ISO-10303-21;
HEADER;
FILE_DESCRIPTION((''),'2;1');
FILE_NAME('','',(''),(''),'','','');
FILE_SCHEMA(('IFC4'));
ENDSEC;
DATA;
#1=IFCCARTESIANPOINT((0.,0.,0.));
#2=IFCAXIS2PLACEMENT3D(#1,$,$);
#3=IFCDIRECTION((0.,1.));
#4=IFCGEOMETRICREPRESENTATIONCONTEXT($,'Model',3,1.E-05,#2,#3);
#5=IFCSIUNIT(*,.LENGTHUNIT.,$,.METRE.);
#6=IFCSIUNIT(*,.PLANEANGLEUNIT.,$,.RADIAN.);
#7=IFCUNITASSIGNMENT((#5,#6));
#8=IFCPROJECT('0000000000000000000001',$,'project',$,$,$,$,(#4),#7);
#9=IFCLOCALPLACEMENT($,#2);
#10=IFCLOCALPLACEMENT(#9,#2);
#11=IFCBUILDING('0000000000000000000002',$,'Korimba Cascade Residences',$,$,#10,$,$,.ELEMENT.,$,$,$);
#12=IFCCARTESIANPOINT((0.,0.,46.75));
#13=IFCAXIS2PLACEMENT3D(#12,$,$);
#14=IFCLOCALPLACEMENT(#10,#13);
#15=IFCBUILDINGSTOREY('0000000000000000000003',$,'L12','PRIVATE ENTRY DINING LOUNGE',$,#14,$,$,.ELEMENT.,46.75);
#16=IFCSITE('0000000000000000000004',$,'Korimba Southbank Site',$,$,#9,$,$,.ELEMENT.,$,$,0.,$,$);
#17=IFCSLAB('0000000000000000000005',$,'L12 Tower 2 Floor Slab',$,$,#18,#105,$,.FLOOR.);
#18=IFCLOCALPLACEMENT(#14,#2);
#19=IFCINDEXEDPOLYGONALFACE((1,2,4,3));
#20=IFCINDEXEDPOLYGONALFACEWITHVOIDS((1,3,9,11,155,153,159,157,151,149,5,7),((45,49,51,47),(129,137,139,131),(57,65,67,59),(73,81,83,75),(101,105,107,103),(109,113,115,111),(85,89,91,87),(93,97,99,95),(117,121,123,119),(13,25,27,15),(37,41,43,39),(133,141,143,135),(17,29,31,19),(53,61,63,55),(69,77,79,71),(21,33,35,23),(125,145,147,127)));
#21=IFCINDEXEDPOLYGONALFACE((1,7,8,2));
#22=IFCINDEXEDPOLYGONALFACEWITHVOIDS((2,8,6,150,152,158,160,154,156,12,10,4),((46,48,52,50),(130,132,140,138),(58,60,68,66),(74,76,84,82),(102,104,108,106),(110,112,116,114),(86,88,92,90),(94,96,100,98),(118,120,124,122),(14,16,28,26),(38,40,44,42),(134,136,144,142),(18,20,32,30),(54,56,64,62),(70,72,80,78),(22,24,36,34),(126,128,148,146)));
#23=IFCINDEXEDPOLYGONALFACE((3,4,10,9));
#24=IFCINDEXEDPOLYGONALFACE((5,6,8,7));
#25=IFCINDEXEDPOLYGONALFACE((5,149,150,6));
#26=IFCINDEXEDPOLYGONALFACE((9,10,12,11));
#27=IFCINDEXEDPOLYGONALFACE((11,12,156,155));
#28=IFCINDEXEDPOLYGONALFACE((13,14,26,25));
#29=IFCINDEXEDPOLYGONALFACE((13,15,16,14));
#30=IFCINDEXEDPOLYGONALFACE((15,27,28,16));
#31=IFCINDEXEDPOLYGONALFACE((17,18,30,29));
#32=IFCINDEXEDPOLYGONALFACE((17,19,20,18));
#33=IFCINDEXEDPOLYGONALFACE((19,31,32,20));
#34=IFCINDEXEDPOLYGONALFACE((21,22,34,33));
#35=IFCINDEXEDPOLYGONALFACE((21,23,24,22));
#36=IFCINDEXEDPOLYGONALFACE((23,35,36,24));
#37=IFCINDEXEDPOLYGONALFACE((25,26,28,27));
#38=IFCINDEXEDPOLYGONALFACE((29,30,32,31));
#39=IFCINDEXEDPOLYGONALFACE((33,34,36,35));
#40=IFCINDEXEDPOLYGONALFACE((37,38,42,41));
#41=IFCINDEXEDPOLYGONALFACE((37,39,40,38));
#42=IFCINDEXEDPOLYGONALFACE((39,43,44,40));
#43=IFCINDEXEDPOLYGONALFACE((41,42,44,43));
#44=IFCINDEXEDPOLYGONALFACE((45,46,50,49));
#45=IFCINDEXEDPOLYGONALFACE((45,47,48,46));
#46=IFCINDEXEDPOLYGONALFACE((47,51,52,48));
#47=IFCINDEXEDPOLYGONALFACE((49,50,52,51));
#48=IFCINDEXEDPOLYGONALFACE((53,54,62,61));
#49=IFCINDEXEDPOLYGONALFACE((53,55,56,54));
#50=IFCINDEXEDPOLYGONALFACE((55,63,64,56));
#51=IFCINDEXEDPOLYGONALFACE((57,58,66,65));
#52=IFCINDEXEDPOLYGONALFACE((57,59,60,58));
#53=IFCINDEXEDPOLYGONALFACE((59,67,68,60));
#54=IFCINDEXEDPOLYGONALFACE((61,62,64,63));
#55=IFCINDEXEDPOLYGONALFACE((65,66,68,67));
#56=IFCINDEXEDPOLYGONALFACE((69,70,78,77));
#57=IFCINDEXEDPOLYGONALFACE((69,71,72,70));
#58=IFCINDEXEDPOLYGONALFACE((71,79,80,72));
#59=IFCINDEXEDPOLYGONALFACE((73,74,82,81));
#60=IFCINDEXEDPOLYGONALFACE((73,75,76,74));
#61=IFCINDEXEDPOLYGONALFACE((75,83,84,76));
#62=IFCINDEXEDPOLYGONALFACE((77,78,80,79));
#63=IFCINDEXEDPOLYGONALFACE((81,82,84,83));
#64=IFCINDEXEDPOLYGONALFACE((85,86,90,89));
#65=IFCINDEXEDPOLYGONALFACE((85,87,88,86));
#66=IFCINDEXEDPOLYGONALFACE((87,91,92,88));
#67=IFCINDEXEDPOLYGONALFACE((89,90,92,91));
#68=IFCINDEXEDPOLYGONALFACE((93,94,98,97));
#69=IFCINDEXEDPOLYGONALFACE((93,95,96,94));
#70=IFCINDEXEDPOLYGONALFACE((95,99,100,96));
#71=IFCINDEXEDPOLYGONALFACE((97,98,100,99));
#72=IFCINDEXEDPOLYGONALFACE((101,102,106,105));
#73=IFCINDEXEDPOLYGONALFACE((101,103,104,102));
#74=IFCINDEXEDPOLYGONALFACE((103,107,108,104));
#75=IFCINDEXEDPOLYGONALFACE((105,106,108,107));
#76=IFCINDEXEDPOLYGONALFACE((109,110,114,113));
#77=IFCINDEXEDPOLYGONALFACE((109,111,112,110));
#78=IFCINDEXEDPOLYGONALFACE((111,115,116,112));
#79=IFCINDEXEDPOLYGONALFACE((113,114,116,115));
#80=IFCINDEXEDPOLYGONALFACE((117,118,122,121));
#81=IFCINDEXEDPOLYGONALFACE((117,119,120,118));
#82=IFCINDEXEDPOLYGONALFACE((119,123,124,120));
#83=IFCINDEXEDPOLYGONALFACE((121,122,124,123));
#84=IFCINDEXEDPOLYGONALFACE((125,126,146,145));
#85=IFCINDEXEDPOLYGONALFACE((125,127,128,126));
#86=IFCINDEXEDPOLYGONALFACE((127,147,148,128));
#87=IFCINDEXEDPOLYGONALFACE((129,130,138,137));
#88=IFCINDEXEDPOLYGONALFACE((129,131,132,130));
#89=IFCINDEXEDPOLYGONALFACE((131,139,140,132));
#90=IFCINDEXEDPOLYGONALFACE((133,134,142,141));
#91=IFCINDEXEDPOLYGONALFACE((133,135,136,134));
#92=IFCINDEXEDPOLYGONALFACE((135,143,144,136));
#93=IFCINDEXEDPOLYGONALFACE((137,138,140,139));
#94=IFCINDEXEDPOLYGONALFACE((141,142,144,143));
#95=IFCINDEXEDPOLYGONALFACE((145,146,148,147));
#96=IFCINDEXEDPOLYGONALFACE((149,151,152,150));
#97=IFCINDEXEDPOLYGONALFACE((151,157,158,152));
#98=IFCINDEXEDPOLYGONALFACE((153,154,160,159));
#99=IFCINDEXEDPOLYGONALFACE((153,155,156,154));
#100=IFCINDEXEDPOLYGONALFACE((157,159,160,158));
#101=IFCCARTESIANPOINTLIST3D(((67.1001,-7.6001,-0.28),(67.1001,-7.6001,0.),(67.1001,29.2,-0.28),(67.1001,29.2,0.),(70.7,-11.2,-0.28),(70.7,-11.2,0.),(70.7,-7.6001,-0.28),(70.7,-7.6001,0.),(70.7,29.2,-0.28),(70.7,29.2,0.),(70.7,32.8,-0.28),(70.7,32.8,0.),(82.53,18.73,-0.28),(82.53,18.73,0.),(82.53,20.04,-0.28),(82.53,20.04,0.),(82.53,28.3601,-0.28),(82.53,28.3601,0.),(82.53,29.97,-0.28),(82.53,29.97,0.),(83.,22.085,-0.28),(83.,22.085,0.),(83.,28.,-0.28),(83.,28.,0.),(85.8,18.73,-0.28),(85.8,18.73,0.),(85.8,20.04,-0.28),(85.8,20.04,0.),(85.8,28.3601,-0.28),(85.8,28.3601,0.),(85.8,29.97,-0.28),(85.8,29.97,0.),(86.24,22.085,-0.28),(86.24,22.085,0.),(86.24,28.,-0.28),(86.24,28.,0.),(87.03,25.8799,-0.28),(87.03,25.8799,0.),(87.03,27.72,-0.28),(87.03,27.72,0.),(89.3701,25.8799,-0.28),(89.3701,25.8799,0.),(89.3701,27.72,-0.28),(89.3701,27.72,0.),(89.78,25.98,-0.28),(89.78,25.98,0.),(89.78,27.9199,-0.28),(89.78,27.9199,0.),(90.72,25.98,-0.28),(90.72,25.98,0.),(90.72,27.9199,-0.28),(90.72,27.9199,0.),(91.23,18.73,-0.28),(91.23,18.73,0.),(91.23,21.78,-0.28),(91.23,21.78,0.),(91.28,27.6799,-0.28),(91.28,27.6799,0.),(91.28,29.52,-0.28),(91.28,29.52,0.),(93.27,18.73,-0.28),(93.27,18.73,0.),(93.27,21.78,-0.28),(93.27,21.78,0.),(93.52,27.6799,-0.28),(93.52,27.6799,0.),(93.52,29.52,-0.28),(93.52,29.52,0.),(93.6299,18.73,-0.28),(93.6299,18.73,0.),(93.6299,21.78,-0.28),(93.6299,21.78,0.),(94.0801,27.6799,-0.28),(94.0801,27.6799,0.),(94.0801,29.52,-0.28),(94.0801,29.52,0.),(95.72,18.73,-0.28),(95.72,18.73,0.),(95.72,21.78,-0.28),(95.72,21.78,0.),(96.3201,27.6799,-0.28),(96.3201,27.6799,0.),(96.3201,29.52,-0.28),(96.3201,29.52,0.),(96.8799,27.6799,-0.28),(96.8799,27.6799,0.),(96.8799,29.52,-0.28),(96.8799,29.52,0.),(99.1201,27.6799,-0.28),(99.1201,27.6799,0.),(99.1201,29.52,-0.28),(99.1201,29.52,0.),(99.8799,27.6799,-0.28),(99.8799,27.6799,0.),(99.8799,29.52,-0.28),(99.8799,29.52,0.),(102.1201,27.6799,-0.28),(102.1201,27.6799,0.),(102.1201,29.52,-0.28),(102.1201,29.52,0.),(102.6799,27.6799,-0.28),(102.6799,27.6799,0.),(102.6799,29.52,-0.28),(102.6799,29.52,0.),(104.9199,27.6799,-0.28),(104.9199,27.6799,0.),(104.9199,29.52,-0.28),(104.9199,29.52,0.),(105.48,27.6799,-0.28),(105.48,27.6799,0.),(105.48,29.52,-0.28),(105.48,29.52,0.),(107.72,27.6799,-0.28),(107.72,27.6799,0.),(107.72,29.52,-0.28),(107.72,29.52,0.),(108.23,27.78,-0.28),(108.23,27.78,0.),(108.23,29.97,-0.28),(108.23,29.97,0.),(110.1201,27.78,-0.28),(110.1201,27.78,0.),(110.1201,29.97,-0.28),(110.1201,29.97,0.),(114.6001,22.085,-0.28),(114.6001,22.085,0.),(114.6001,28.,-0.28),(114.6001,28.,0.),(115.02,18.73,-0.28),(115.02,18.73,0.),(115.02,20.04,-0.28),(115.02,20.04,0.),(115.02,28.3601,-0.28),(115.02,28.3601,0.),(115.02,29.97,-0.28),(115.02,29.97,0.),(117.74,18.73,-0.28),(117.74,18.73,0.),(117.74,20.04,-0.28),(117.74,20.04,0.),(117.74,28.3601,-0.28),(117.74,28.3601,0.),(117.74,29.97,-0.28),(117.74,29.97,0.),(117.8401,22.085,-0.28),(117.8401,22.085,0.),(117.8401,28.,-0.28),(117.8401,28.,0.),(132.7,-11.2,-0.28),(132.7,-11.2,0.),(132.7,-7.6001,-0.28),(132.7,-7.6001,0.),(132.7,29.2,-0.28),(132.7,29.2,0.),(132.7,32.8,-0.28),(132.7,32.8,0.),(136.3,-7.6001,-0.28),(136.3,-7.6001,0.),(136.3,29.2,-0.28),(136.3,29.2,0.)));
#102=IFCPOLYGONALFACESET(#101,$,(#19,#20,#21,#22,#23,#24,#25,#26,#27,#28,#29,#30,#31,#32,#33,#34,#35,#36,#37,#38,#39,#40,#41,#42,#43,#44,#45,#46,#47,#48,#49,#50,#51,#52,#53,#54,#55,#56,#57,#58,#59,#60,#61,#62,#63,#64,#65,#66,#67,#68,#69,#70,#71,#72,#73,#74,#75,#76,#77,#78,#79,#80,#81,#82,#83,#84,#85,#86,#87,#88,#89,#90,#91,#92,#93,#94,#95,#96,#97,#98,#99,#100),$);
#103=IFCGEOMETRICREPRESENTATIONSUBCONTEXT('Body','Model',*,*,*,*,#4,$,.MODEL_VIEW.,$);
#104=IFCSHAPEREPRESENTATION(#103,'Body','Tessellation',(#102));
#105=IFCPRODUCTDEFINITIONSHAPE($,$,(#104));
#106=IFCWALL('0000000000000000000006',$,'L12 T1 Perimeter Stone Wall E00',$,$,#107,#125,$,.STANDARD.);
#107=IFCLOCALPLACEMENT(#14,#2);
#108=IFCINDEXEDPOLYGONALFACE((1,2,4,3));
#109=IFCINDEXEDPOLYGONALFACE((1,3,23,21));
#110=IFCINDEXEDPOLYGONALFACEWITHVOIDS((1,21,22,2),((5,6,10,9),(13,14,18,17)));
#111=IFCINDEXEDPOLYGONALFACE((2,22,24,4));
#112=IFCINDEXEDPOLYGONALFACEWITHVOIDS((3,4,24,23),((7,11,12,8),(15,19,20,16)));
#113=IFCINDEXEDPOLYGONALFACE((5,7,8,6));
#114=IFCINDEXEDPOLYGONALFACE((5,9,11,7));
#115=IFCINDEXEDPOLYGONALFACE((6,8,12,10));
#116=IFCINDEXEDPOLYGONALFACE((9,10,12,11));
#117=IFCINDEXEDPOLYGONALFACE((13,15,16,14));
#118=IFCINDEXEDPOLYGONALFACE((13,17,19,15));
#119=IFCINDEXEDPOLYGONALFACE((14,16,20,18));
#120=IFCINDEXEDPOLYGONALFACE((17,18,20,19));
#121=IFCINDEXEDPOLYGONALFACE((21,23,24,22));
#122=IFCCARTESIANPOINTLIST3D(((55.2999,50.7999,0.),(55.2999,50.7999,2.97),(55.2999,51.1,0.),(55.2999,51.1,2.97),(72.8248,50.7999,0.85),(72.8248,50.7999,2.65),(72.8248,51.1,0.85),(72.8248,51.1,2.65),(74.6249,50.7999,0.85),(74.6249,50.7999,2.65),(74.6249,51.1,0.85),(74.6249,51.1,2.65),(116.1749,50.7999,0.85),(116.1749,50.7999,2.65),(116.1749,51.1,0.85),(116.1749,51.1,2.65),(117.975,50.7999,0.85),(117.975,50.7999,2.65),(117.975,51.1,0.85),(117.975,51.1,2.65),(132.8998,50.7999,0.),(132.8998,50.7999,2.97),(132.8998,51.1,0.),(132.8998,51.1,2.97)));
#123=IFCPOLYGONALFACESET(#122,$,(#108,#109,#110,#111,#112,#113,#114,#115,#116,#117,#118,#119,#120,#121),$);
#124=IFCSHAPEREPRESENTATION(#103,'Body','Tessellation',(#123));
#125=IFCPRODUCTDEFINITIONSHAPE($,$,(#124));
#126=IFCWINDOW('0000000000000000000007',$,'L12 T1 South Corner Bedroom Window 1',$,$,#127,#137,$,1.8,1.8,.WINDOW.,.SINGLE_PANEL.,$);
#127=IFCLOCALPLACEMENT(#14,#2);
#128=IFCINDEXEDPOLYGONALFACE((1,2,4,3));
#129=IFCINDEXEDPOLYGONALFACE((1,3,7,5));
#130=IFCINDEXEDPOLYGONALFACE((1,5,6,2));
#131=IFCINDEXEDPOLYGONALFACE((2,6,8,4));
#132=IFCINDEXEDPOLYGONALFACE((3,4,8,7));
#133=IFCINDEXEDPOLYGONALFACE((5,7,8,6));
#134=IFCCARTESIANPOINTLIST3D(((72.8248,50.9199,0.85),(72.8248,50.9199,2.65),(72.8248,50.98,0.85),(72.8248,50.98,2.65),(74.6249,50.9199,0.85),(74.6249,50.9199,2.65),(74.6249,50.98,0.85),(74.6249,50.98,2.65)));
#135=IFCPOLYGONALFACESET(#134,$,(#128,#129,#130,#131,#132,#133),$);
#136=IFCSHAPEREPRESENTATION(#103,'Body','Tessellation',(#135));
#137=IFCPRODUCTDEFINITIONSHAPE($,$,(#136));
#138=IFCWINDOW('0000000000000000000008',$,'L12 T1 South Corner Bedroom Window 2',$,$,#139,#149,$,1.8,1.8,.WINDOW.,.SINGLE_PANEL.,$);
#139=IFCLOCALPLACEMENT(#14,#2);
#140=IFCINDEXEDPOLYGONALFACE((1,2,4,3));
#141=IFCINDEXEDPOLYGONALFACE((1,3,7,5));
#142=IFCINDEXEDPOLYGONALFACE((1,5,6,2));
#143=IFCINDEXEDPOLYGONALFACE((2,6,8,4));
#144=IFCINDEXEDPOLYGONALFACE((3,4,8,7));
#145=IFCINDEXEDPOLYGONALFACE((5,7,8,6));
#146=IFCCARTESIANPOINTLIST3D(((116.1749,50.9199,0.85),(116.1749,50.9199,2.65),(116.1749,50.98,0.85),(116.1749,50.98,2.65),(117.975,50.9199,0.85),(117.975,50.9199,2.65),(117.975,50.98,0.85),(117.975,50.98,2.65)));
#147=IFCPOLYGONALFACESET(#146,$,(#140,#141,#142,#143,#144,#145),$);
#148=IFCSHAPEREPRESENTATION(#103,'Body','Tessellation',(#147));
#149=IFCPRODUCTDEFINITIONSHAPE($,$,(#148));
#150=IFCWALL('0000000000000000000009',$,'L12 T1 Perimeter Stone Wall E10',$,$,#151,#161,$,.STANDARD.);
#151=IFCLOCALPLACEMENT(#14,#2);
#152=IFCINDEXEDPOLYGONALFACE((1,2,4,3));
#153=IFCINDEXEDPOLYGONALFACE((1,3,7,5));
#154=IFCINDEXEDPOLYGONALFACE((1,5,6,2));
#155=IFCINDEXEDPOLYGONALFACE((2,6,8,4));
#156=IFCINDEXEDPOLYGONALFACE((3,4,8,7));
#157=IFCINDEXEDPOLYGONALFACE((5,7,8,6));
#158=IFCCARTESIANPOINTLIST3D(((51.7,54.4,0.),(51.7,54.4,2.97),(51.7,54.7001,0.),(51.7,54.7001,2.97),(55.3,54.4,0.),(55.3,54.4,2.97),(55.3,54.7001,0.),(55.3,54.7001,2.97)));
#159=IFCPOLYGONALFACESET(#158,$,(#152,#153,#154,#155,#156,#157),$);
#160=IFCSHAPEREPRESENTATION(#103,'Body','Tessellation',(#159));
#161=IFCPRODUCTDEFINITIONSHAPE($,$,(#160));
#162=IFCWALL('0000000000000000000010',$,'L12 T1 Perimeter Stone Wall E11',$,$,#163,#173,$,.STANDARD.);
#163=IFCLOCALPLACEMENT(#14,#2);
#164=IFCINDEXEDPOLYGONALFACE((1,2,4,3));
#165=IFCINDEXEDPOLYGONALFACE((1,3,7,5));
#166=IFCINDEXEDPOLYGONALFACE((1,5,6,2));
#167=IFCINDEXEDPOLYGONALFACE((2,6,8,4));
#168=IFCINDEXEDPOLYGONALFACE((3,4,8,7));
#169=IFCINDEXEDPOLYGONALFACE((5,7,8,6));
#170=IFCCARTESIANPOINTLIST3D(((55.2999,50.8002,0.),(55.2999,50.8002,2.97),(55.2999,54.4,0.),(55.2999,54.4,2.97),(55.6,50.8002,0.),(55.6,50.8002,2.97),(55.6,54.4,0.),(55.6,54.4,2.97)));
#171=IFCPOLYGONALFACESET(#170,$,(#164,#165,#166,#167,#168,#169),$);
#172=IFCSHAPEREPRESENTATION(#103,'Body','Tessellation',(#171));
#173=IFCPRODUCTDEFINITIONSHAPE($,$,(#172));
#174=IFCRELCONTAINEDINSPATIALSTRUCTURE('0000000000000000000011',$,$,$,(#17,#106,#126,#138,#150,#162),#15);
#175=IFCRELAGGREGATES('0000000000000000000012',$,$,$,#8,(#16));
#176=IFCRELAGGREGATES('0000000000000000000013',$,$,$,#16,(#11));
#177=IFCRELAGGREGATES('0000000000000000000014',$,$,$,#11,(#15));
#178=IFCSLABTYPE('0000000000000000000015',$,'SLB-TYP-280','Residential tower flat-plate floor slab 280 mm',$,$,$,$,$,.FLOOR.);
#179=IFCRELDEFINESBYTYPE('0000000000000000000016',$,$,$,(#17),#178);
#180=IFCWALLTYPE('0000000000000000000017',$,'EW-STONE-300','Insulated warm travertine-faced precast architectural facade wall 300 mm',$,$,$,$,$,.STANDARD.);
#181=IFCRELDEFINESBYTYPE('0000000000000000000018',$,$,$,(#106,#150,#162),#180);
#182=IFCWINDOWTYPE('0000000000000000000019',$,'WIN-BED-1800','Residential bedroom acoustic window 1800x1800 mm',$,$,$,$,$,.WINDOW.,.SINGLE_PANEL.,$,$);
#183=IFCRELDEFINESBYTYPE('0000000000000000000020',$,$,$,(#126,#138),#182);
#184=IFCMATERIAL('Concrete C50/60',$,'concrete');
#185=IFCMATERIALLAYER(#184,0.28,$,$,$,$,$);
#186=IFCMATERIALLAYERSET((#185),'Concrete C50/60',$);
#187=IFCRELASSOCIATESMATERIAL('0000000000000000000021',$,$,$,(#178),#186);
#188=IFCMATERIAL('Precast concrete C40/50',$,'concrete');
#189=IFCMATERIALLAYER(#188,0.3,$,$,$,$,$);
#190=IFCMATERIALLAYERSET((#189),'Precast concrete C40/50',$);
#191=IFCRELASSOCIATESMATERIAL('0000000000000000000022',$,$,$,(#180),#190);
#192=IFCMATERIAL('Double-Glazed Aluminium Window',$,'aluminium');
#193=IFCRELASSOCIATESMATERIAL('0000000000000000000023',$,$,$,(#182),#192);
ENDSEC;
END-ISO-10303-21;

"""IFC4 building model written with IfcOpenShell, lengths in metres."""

from ifc_helpers import new_model, si_unit, direction, frame, frame_2d, origin, place, context, subcontext, project, spatial, polyline, rectangle, outline, extrude, material, layer, layer_set, type_object, element, fill, save


model = new_model("IFC4")

# Units and contexts
model_context = context("Model", 3, precision=1e-05, world=origin(), true_north=direction((0.0, 1.0)))
body_context = subcontext(model_context, "Body", "Model", "MODEL_VIEW")
ifc_project = project(units=[si_unit("LENGTHUNIT", "METRE"), si_unit("PLANEANGLEUNIT", "RADIAN")], contexts=[model_context])

# Site, building, storey
site_placement = place(None, origin())
site = spatial("IfcSite", under=ifc_project, at=site_placement, Name="Korimba Southbank Site", CompositionType="ELEMENT", RefElevation=0.0)
building_placement = place(site_placement, origin())
building = spatial("IfcBuilding", under=site, at=building_placement, Name="Korimba Cascade Residences", CompositionType="ELEMENT")
storey_placement = place(building_placement, frame((0.0, 0.0, 46.75)))
storey = spatial("IfcBuildingStorey", under=building, at=storey_placement, Name="L12", Description="PRIVATE ENTRY DINING LOUNGE", CompositionType="ELEMENT", Elevation=46.75)

# Shared definitions
ifc_material_1 = material(Name="Concrete C50/60", Category="concrete")

# Slab
ifc_material_2 = material(Name="Precast concrete C40/50", Category="concrete")
ifc_layer_1 = layer(ifc_material_1, 0.28)
ifc_layer_set_1 = layer_set([ifc_layer_1], Name="Concrete C50/60")
slab_type_1 = type_object("IfcSlabType", Name="SLB-TYP-280", Description="Residential tower flat-plate floor slab 280 mm", PredefinedType="FLOOR", material=ifc_layer_set_1)
slab_1_placement = place(storey_placement, frame((0.0, 0.0, -0.28)))
element("IfcSlab", 1, at=slab_1_placement, inside=storey, type_object=slab_type_1, Name="L12 Tower 2 Floor Slab", PredefinedType="FLOOR", context=body_context, shape_type="SweptSolid", body=[
    extrude(outline(polyline([(70.7, -11.2), (132.7, -11.2), (132.7, -7.6001), (136.3, -7.6001), (136.3, 29.2), (132.7, 29.2), (132.7, 32.8), (70.7, 32.8), (70.7, 29.2), (67.1001, 29.2), (67.1001, -7.6001), (70.7, -7.6001), (70.7, -11.2)]), holes=[polyline([(86.24, 22.085), (86.24, 28.0), (83.0, 28.0), (83.0, 22.085), (86.24, 22.085)]), polyline([(117.8401, 22.085), (117.8401, 28.0), (114.6001, 28.0), (114.6001, 22.085), (117.8401, 22.085)]), polyline([(87.03, 25.8799), (89.3701, 25.8799), (89.3701, 27.72), (87.03, 27.72), (87.03, 25.8799)]), polyline([(91.28, 27.6799), (93.52, 27.6799), (93.52, 29.52), (91.28, 29.52), (91.28, 27.6799)]), polyline([(94.0801, 27.6799), (96.3201, 27.6799), (96.3201, 29.52), (94.0801, 29.52), (94.0801, 27.6799)]), polyline([(96.8799, 27.6799), (99.1201, 27.6799), (99.1201, 29.52), (96.8799, 29.52), (96.8799, 27.6799)]), polyline([(99.8799, 27.6799), (102.1201, 27.6799), (102.1201, 29.52), (99.8799, 29.52), (99.8799, 27.6799)]), polyline([(102.6799, 27.6799), (104.9199, 27.6799), (104.9199, 29.52), (102.6799, 29.52), (102.6799, 27.6799)]), polyline([(105.48, 27.6799), (107.72, 27.6799), (107.72, 29.52), (105.48, 29.52), (105.48, 27.6799)]), polyline([(89.78, 25.98), (90.72, 25.98), (90.72, 27.9199), (89.78, 27.9199), (89.78, 25.98)]), polyline([(82.53, 18.73), (85.8, 18.73), (85.8, 20.04), (82.53, 20.04), (82.53, 18.73)]), polyline([(82.53, 28.3601), (85.8, 28.3601), (85.8, 29.97), (82.53, 29.97), (82.53, 28.3601)]), polyline([(108.23, 27.78), (110.1201, 27.78), (110.1201, 29.97), (108.23, 29.97), (108.23, 27.78)]), polyline([(91.23, 18.73), (93.27, 18.73), (93.27, 21.78), (91.23, 21.78), (91.23, 18.73)]), polyline([(93.6299, 18.73), (95.72, 18.73), (95.72, 21.78), (93.6299, 21.78), (93.6299, 18.73)]), polyline([(115.02, 18.73), (117.74, 18.73), (117.74, 20.04), (115.02, 20.04), (115.02, 18.73)]), polyline([(115.02, 28.3601), (117.74, 28.3601), (117.74, 29.97), (115.02, 29.97), (115.02, 28.3601)])]), origin(), (0.0, 0.0, 1.0), 0.28),
])

# Wall, openings, windows
ifc_layer_2 = layer(ifc_material_2, 0.3)
ifc_layer_set_2 = layer_set([ifc_layer_2], Name="Precast concrete C40/50")
wall_type_1 = type_object("IfcWallType", Name="EW-STONE-300", Description="Insulated warm travertine-faced precast architectural facade wall 300 mm", PredefinedType="STANDARD", material=ifc_layer_set_2)
wall_1_placement = place(storey_placement, frame((55.3, 50.95, 0.0), z_axis=(0.0, 0.0, 1.0), x_axis=(1.0, 0.0, 0.0)))
wall_1 = element("IfcWall", 2, at=wall_1_placement, inside=storey, type_object=wall_type_1, Name="L12 T1 Perimeter Stone Wall E00", PredefinedType="STANDARD", context=body_context, shape_type="SweptSolid", body=[
    extrude(rectangle(XDim=77.5999, YDim=0.3, at=frame_2d((38.7998, 0.0))), origin(), (0.0, 0.0, 1.0), 2.97),
])
opening_1_placement = place(wall_1_placement, frame((17.5249, 0.0, 0.8501)))
opening_1 = element("IfcOpeningElement", 3, at=opening_1_placement, cuts=wall_1, PredefinedType="OPENING", context=body_context, shape_type="SweptSolid", body=[
    extrude(rectangle(XDim=1.8, YDim=1.8, at=frame_2d((0.8999, 0.8999))), frame((0.0, 0.1602, 0.0), z_axis=(0.0, -1.0, 0.0), x_axis=(1.0, 0.0, 0.0)), (0.0, 0.0, 1.0), 0.3201),
])
opening_2_placement = place(wall_1_placement, frame((60.875, 0.0, 0.8501)))
opening_2 = element("IfcOpeningElement", 4, at=opening_2_placement, cuts=wall_1, PredefinedType="OPENING", context=body_context, shape_type="SweptSolid", body=[
    extrude(rectangle(XDim=1.8, YDim=1.8, at=frame_2d((0.8999, 0.8999))), frame((0.0, 0.1602, 0.0), z_axis=(0.0, -1.0, 0.0), x_axis=(1.0, 0.0, 0.0)), (0.0, 0.0, 1.0), 0.3201),
])
ifc_material_3 = material(Name="Double-Glazed Aluminium Window", Category="aluminium")
window_type = type_object("IfcWindowType", Name="WIN-BED-1800", Description="Residential bedroom acoustic window 1800x1800 mm", PartitioningType="SINGLE_PANEL", PredefinedType="WINDOW", material=ifc_material_3)
window_1_placement = place(opening_1_placement, origin())
window_1 = element("IfcWindow", 5, at=window_1_placement, inside=storey, type_object=window_type, Name="L12 T1 South Corner Bedroom Window 1", OverallHeight=1.8, OverallWidth=1.8, PartitioningType="SINGLE_PANEL", PredefinedType="WINDOW", context=body_context, shape_type="SweptSolid", body=[
    extrude(rectangle(XDim=1.8, YDim=1.8, at=frame_2d((0.8999, 0.8999))), frame((0.0, 0.03, 0.0), z_axis=(0.0, -1.0, 0.0), x_axis=(1.0, 0.0, 0.0)), (0.0, 0.0, 1.0), 0.0601),
])
fill(opening_1, window_1)
window_2_placement = place(opening_2_placement, origin())
window_2 = element("IfcWindow", 6, at=window_2_placement, inside=storey, type_object=window_type, Name="L12 T1 South Corner Bedroom Window 2", OverallHeight=1.8, OverallWidth=1.8, PartitioningType="SINGLE_PANEL", PredefinedType="WINDOW", context=body_context, shape_type="SweptSolid", body=[
    extrude(rectangle(XDim=1.8, YDim=1.8, at=frame_2d((0.8999, 0.8999))), frame((0.0, 0.03, 0.0), z_axis=(0.0, -1.0, 0.0), x_axis=(1.0, 0.0, 0.0)), (0.0, 0.0, 1.0), 0.0601),
])
fill(opening_2, window_2)

# Walls
wall_2_placement = place(storey_placement, frame((51.7, 54.55, 0.0), z_axis=(0.0, 0.0, 1.0), x_axis=(1.0, 0.0, 0.0)))
element("IfcWall", 7, at=wall_2_placement, inside=storey, type_object=wall_type_1, Name="L12 T1 Perimeter Stone Wall E10", PredefinedType="STANDARD", context=body_context, shape_type="SweptSolid", body=[
    extrude(rectangle(XDim=3.6001, YDim=0.3, at=frame_2d((1.8, 0.0))), origin(), (0.0, 0.0, 1.0), 2.97),
])
wall_3_placement = place(storey_placement, frame((55.45, 54.3999, 0.0), z_axis=(0.0, 0.0, 1.0), x_axis=(0.0, -1.0, 0.0)))
element("IfcWall", 8, at=wall_3_placement, inside=storey, type_object=wall_type_1, Name="L12 T1 Perimeter Stone Wall E11", PredefinedType="STANDARD", context=body_context, shape_type="SweptSolid", body=[
    extrude(rectangle(XDim=3.5999, YDim=0.3, at=frame_2d((1.7998, 0.0))), origin(), (0.0, 0.0, 1.0), 2.97),
])

save(model, "model.ifc")
